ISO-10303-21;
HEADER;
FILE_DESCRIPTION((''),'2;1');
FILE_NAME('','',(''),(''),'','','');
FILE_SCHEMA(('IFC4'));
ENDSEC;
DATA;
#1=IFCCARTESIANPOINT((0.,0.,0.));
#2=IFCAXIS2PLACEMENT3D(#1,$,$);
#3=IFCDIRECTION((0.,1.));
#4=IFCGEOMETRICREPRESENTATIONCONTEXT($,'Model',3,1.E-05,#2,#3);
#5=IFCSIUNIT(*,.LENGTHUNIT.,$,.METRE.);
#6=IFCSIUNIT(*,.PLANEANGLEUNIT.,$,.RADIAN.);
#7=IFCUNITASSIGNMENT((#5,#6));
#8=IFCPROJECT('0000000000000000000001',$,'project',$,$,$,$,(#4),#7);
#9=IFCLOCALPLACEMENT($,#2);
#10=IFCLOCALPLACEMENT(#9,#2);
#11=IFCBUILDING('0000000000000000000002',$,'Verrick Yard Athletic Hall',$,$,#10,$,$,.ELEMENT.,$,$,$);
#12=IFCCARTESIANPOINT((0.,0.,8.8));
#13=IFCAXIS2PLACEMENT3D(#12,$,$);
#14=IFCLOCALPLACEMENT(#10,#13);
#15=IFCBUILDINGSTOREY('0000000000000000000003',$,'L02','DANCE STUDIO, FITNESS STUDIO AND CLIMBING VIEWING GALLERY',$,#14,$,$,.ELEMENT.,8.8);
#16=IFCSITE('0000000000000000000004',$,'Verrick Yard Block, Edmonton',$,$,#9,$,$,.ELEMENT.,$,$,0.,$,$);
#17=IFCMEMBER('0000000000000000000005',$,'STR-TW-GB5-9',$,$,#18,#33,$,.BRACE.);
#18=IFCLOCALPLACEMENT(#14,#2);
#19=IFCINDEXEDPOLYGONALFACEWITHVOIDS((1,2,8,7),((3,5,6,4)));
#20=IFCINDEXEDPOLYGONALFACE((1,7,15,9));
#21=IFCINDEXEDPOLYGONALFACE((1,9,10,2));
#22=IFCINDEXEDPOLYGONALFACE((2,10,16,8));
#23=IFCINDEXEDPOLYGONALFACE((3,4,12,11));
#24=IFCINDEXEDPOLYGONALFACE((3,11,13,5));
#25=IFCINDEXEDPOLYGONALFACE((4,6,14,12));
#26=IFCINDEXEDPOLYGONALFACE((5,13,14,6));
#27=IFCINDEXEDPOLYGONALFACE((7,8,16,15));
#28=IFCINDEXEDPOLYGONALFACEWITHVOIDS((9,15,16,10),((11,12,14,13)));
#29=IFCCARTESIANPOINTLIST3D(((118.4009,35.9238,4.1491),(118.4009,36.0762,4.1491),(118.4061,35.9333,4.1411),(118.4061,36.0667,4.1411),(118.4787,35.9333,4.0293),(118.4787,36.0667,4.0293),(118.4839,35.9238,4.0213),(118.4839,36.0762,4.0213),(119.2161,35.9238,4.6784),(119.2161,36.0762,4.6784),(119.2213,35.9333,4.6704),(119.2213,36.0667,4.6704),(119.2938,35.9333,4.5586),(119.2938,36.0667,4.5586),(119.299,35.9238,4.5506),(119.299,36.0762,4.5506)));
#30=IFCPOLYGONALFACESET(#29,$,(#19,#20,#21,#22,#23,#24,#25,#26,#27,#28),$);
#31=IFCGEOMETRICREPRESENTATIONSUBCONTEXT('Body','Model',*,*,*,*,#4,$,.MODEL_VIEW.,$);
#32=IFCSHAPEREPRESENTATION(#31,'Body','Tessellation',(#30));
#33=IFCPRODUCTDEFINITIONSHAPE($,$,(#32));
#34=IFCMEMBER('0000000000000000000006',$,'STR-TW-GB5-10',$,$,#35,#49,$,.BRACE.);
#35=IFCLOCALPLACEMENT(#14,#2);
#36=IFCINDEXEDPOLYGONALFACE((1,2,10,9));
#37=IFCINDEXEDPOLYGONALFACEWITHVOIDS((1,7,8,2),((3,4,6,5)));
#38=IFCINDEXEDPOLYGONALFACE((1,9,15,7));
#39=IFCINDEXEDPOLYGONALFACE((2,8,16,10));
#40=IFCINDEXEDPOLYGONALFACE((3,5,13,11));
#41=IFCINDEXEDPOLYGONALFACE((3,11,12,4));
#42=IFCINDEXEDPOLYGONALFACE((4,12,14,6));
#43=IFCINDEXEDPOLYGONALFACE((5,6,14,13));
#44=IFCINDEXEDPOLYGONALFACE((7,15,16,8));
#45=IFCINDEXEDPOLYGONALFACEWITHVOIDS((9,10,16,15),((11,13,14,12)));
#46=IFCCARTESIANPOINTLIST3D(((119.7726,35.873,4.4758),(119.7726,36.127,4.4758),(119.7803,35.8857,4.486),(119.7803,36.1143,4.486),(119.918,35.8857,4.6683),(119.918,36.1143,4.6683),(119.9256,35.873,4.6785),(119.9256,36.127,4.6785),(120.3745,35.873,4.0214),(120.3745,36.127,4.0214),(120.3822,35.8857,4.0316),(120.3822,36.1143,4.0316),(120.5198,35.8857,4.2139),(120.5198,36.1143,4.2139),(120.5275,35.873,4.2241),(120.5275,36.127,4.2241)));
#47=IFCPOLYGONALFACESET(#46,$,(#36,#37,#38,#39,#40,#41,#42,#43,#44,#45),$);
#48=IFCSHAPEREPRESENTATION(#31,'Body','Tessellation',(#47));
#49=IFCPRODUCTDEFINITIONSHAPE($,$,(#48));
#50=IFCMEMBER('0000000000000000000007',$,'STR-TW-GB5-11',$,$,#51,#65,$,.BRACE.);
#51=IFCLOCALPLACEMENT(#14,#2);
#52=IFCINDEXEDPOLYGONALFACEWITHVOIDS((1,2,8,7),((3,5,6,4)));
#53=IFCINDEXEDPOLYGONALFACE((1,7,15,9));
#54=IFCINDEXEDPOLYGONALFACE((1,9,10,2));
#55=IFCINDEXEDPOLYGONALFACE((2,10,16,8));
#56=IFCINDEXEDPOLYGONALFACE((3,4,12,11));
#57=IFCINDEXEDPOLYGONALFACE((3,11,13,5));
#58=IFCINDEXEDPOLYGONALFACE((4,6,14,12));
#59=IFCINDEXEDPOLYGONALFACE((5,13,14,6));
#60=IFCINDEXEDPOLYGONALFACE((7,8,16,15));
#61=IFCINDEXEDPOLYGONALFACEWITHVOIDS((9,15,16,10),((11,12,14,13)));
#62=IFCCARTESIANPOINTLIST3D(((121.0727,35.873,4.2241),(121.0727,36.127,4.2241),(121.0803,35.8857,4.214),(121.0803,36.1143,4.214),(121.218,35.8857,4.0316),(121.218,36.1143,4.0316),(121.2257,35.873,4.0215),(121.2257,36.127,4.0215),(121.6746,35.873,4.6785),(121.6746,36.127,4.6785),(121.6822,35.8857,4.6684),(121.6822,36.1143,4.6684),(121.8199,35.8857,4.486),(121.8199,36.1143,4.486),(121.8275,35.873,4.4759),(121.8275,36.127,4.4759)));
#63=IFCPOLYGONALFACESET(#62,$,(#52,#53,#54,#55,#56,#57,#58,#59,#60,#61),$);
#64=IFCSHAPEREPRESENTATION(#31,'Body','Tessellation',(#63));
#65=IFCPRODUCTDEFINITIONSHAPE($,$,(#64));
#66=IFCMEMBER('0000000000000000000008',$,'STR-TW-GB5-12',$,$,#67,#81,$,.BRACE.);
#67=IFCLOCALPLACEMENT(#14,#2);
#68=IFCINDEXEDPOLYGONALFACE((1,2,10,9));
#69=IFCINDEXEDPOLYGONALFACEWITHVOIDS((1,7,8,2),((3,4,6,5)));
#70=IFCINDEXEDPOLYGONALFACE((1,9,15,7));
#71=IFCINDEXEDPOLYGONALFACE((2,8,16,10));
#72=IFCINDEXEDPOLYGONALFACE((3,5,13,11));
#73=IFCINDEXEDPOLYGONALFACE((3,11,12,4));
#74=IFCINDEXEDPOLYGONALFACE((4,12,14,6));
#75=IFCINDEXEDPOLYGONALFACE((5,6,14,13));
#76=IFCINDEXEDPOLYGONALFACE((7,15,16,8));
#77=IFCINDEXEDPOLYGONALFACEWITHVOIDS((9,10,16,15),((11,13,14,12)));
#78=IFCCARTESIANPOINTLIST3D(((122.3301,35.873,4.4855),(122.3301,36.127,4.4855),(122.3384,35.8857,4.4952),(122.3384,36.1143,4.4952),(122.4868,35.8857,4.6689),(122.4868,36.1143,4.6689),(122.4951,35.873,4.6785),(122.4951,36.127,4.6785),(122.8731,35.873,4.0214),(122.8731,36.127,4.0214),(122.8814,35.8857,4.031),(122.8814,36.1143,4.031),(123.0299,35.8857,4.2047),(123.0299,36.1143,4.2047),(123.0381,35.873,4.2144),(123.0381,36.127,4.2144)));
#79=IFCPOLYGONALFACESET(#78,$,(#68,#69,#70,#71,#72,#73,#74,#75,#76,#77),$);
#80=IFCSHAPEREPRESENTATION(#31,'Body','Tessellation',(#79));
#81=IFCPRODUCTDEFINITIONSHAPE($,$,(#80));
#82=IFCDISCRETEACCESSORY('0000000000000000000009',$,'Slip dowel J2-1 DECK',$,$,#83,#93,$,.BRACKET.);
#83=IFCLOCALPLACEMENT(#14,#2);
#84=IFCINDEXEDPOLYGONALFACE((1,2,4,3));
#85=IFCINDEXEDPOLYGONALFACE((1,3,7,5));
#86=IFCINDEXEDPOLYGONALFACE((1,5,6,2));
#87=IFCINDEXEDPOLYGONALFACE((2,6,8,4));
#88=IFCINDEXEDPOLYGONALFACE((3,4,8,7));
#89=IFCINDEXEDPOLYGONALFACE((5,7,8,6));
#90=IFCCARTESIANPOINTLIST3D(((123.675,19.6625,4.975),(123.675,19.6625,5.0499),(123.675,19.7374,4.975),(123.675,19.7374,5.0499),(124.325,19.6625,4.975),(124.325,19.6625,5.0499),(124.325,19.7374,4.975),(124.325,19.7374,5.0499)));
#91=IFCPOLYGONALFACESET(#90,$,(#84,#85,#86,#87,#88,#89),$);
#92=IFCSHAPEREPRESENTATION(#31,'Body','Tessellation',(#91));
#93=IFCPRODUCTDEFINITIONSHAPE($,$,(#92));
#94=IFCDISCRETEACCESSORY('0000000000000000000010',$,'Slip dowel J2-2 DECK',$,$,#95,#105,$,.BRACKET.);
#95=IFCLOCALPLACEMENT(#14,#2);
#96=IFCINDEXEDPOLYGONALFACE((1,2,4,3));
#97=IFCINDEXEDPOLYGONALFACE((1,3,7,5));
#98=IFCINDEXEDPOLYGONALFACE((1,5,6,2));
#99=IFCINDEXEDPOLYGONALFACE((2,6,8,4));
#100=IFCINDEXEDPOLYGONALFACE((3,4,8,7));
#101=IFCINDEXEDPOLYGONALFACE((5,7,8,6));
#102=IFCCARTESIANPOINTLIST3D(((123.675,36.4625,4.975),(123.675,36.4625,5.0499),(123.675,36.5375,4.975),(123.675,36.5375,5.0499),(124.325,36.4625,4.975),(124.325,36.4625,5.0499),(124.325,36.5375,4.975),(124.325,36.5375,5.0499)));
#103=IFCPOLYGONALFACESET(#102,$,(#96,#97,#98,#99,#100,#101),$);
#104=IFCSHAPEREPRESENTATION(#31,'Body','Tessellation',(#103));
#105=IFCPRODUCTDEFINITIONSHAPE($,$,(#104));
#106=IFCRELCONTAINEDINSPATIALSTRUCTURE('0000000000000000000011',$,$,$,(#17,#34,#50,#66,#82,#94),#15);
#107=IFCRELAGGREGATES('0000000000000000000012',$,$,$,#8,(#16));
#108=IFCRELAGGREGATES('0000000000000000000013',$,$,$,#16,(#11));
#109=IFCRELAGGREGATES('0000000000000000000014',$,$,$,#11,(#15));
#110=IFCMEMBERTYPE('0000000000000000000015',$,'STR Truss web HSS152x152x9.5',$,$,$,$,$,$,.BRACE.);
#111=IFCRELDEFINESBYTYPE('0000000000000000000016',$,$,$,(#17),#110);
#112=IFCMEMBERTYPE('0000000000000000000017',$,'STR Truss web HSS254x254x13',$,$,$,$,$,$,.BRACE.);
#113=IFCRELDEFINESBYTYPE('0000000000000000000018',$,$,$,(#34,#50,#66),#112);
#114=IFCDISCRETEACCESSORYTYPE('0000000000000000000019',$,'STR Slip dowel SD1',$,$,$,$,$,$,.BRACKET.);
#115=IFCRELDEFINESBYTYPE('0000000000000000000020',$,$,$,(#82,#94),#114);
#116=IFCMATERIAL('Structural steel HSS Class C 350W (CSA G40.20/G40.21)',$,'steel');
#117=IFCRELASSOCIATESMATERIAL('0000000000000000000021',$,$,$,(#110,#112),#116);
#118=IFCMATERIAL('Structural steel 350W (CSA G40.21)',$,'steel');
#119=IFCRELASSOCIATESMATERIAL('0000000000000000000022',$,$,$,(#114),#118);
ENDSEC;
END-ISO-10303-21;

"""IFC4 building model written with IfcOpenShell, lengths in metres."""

from ifc_helpers import new_model, si_unit, direction, frame, origin, origin_2d, place, context, subcontext, project, spatial, rectangle, hollow_rectangle, extrude, material, material_profile, profile_set, type_object, element, save


model = new_model("IFC4")

# Units and contexts
model_context = context("Model", 3, precision=1e-05, world=origin(), true_north=direction((0.0, 1.0)))
body_context = subcontext(model_context, "Body", "Model", "MODEL_VIEW")
ifc_project = project(units=[si_unit("LENGTHUNIT", "METRE"), si_unit("PLANEANGLEUNIT", "RADIAN")], contexts=[model_context])

# Site, building, storey
site_placement = place(None, origin())
site = spatial("IfcSite", under=ifc_project, at=site_placement, Name="Verrick Yard Block, Edmonton", CompositionType="ELEMENT", RefElevation=0.0)
building_placement = place(site_placement, origin())
building = spatial("IfcBuilding", under=site, at=building_placement, Name="Verrick Yard Athletic Hall", CompositionType="ELEMENT")
storey_placement = place(building_placement, frame((0.0, 0.0, 8.8)))
storey = spatial("IfcBuildingStorey", under=building, at=storey_placement, Name="L02", Description="DANCE STUDIO, FITNESS STUDIO AND CLIMBING VIEWING GALLERY", CompositionType="ELEMENT", Elevation=8.8)

# Shared definitions
ifc_material_1 = material(Name="Structural steel 350W (CSA G40.21)", Category="steel")
ifc_material_2 = material(Name="Structural steel HSS Class C 350W (CSA G40.20/G40.21)", Category="steel")

# Members
ifc_material_profile_1 = material_profile(ifc_material_2, hollow_rectangle(XDim=0.1523, YDim=0.1523, WallThickness=0.0095, at=origin_2d()), Name="HSS152x152x9.5")
ifc_profile_set_1 = profile_set([ifc_material_profile_1], Name="Structural steel HSS Class C 350W (CSA G40.20/G40.21)")
member_type_1 = type_object("IfcMemberType", Name="STR Truss web HSS152x152x9.5", PredefinedType="BRACE", material=ifc_profile_set_1)
member_1_placement = place(storey_placement, frame((118.4424, 36.0, 4.0852), z_axis=(0.838713, 0.0, 0.544573), x_axis=(0.0, 1.0, 0.0)))
element("IfcMember", 1, at=member_1_placement, inside=storey, type_object=member_type_1, Name="STR-TW-GB5-9", PredefinedType="BRACE", context=body_context, shape_type="SweptSolid", body=[
    extrude(hollow_rectangle(XDim=0.1523, YDim=0.1523, WallThickness=0.0095, at=origin_2d()), origin(), (0.0, 0.0, 1.0), 0.9719),
])
ifc_material_profile_2 = material_profile(ifc_material_2, hollow_rectangle(XDim=0.2539, YDim=0.2539, WallThickness=0.0127, at=origin_2d()), Name="HSS254x254x13")
ifc_profile_set_2 = profile_set([ifc_material_profile_2], Name="Structural steel HSS Class C 350W (CSA G40.20/G40.21)")
member_type_2 = type_object("IfcMemberType", Name="STR Truss web HSS254x254x13", PredefinedType="BRACE", material=ifc_profile_set_2)
for number, where, z_axis, x_axis, name in (
    (2, (119.8491, 36.0, 4.5771), (0.798092, 0.0, -0.602535), (0.0, 1.0, 0.0), "STR-TW-GB5-10"),
    (3, (121.1492, 36.0, 4.1228), (0.798092, 0.0, 0.602535), (0.0, 1.0, 0.0), "STR-TW-GB5-11"),
):
    element("IfcMember", number, at=place(storey_placement, frame(where, z_axis=z_axis, x_axis=x_axis)), inside=storey, type_object=member_type_2, Name=name, PredefinedType="BRACE", context=body_context, shape_type="SweptSolid", body=[
        extrude(hollow_rectangle(XDim=0.2539, YDim=0.2539, WallThickness=0.0127, at=origin_2d()), origin(), (0.0, 0.0, 1.0), 0.7542),
    ])
member_2_placement = place(storey_placement, frame((122.4126, 36.0, 4.582), z_axis=(0.760149, 0.0, -0.649749), x_axis=(0.0, 1.0, 0.0)))
element("IfcMember", 4, at=member_2_placement, inside=storey, type_object=member_type_2, Name="STR-TW-GB5-12", PredefinedType="BRACE", context=body_context, shape_type="SweptSolid", body=[
    extrude(hollow_rectangle(XDim=0.2539, YDim=0.2539, WallThickness=0.0127, at=origin_2d()), origin(), (0.0, 0.0, 1.0), 0.7144),
])

# Discrete accessories
ifc_material_profile_3 = material_profile(ifc_material_1, rectangle(XDim=0.075, YDim=0.075, at=origin_2d()), Name="STR Slip dowel SD1")
ifc_profile_set_3 = profile_set([ifc_material_profile_3], Name="Structural steel 350W (CSA G40.21)")
discrete_accessory_type = type_object("IfcDiscreteAccessoryType", Name="STR Slip dowel SD1", PredefinedType="BRACKET", material=ifc_profile_set_3)
for number, where, z_axis, x_axis, name in (
    (5, (123.675, 19.7, 5.0125), (1.0, 0.0, 0.0), (0.0, 1.0, 0.0), "Slip dowel J2-1 DECK"),
    (6, (123.675, 36.5, 5.0125), (1.0, 0.0, 0.0), (0.0, 1.0, 0.0), "Slip dowel J2-2 DECK"),
):
    element("IfcDiscreteAccessory", number, at=place(storey_placement, frame(where, z_axis=z_axis, x_axis=x_axis)), inside=storey, type_object=discrete_accessory_type, Name=name, PredefinedType="BRACKET", context=body_context, shape_type="SweptSolid", body=[
        extrude(rectangle(XDim=0.075, YDim=0.075, at=origin_2d()), origin(), (0.0, 0.0, 1.0), 0.6499),
    ])

save(model, "model.ifc")
